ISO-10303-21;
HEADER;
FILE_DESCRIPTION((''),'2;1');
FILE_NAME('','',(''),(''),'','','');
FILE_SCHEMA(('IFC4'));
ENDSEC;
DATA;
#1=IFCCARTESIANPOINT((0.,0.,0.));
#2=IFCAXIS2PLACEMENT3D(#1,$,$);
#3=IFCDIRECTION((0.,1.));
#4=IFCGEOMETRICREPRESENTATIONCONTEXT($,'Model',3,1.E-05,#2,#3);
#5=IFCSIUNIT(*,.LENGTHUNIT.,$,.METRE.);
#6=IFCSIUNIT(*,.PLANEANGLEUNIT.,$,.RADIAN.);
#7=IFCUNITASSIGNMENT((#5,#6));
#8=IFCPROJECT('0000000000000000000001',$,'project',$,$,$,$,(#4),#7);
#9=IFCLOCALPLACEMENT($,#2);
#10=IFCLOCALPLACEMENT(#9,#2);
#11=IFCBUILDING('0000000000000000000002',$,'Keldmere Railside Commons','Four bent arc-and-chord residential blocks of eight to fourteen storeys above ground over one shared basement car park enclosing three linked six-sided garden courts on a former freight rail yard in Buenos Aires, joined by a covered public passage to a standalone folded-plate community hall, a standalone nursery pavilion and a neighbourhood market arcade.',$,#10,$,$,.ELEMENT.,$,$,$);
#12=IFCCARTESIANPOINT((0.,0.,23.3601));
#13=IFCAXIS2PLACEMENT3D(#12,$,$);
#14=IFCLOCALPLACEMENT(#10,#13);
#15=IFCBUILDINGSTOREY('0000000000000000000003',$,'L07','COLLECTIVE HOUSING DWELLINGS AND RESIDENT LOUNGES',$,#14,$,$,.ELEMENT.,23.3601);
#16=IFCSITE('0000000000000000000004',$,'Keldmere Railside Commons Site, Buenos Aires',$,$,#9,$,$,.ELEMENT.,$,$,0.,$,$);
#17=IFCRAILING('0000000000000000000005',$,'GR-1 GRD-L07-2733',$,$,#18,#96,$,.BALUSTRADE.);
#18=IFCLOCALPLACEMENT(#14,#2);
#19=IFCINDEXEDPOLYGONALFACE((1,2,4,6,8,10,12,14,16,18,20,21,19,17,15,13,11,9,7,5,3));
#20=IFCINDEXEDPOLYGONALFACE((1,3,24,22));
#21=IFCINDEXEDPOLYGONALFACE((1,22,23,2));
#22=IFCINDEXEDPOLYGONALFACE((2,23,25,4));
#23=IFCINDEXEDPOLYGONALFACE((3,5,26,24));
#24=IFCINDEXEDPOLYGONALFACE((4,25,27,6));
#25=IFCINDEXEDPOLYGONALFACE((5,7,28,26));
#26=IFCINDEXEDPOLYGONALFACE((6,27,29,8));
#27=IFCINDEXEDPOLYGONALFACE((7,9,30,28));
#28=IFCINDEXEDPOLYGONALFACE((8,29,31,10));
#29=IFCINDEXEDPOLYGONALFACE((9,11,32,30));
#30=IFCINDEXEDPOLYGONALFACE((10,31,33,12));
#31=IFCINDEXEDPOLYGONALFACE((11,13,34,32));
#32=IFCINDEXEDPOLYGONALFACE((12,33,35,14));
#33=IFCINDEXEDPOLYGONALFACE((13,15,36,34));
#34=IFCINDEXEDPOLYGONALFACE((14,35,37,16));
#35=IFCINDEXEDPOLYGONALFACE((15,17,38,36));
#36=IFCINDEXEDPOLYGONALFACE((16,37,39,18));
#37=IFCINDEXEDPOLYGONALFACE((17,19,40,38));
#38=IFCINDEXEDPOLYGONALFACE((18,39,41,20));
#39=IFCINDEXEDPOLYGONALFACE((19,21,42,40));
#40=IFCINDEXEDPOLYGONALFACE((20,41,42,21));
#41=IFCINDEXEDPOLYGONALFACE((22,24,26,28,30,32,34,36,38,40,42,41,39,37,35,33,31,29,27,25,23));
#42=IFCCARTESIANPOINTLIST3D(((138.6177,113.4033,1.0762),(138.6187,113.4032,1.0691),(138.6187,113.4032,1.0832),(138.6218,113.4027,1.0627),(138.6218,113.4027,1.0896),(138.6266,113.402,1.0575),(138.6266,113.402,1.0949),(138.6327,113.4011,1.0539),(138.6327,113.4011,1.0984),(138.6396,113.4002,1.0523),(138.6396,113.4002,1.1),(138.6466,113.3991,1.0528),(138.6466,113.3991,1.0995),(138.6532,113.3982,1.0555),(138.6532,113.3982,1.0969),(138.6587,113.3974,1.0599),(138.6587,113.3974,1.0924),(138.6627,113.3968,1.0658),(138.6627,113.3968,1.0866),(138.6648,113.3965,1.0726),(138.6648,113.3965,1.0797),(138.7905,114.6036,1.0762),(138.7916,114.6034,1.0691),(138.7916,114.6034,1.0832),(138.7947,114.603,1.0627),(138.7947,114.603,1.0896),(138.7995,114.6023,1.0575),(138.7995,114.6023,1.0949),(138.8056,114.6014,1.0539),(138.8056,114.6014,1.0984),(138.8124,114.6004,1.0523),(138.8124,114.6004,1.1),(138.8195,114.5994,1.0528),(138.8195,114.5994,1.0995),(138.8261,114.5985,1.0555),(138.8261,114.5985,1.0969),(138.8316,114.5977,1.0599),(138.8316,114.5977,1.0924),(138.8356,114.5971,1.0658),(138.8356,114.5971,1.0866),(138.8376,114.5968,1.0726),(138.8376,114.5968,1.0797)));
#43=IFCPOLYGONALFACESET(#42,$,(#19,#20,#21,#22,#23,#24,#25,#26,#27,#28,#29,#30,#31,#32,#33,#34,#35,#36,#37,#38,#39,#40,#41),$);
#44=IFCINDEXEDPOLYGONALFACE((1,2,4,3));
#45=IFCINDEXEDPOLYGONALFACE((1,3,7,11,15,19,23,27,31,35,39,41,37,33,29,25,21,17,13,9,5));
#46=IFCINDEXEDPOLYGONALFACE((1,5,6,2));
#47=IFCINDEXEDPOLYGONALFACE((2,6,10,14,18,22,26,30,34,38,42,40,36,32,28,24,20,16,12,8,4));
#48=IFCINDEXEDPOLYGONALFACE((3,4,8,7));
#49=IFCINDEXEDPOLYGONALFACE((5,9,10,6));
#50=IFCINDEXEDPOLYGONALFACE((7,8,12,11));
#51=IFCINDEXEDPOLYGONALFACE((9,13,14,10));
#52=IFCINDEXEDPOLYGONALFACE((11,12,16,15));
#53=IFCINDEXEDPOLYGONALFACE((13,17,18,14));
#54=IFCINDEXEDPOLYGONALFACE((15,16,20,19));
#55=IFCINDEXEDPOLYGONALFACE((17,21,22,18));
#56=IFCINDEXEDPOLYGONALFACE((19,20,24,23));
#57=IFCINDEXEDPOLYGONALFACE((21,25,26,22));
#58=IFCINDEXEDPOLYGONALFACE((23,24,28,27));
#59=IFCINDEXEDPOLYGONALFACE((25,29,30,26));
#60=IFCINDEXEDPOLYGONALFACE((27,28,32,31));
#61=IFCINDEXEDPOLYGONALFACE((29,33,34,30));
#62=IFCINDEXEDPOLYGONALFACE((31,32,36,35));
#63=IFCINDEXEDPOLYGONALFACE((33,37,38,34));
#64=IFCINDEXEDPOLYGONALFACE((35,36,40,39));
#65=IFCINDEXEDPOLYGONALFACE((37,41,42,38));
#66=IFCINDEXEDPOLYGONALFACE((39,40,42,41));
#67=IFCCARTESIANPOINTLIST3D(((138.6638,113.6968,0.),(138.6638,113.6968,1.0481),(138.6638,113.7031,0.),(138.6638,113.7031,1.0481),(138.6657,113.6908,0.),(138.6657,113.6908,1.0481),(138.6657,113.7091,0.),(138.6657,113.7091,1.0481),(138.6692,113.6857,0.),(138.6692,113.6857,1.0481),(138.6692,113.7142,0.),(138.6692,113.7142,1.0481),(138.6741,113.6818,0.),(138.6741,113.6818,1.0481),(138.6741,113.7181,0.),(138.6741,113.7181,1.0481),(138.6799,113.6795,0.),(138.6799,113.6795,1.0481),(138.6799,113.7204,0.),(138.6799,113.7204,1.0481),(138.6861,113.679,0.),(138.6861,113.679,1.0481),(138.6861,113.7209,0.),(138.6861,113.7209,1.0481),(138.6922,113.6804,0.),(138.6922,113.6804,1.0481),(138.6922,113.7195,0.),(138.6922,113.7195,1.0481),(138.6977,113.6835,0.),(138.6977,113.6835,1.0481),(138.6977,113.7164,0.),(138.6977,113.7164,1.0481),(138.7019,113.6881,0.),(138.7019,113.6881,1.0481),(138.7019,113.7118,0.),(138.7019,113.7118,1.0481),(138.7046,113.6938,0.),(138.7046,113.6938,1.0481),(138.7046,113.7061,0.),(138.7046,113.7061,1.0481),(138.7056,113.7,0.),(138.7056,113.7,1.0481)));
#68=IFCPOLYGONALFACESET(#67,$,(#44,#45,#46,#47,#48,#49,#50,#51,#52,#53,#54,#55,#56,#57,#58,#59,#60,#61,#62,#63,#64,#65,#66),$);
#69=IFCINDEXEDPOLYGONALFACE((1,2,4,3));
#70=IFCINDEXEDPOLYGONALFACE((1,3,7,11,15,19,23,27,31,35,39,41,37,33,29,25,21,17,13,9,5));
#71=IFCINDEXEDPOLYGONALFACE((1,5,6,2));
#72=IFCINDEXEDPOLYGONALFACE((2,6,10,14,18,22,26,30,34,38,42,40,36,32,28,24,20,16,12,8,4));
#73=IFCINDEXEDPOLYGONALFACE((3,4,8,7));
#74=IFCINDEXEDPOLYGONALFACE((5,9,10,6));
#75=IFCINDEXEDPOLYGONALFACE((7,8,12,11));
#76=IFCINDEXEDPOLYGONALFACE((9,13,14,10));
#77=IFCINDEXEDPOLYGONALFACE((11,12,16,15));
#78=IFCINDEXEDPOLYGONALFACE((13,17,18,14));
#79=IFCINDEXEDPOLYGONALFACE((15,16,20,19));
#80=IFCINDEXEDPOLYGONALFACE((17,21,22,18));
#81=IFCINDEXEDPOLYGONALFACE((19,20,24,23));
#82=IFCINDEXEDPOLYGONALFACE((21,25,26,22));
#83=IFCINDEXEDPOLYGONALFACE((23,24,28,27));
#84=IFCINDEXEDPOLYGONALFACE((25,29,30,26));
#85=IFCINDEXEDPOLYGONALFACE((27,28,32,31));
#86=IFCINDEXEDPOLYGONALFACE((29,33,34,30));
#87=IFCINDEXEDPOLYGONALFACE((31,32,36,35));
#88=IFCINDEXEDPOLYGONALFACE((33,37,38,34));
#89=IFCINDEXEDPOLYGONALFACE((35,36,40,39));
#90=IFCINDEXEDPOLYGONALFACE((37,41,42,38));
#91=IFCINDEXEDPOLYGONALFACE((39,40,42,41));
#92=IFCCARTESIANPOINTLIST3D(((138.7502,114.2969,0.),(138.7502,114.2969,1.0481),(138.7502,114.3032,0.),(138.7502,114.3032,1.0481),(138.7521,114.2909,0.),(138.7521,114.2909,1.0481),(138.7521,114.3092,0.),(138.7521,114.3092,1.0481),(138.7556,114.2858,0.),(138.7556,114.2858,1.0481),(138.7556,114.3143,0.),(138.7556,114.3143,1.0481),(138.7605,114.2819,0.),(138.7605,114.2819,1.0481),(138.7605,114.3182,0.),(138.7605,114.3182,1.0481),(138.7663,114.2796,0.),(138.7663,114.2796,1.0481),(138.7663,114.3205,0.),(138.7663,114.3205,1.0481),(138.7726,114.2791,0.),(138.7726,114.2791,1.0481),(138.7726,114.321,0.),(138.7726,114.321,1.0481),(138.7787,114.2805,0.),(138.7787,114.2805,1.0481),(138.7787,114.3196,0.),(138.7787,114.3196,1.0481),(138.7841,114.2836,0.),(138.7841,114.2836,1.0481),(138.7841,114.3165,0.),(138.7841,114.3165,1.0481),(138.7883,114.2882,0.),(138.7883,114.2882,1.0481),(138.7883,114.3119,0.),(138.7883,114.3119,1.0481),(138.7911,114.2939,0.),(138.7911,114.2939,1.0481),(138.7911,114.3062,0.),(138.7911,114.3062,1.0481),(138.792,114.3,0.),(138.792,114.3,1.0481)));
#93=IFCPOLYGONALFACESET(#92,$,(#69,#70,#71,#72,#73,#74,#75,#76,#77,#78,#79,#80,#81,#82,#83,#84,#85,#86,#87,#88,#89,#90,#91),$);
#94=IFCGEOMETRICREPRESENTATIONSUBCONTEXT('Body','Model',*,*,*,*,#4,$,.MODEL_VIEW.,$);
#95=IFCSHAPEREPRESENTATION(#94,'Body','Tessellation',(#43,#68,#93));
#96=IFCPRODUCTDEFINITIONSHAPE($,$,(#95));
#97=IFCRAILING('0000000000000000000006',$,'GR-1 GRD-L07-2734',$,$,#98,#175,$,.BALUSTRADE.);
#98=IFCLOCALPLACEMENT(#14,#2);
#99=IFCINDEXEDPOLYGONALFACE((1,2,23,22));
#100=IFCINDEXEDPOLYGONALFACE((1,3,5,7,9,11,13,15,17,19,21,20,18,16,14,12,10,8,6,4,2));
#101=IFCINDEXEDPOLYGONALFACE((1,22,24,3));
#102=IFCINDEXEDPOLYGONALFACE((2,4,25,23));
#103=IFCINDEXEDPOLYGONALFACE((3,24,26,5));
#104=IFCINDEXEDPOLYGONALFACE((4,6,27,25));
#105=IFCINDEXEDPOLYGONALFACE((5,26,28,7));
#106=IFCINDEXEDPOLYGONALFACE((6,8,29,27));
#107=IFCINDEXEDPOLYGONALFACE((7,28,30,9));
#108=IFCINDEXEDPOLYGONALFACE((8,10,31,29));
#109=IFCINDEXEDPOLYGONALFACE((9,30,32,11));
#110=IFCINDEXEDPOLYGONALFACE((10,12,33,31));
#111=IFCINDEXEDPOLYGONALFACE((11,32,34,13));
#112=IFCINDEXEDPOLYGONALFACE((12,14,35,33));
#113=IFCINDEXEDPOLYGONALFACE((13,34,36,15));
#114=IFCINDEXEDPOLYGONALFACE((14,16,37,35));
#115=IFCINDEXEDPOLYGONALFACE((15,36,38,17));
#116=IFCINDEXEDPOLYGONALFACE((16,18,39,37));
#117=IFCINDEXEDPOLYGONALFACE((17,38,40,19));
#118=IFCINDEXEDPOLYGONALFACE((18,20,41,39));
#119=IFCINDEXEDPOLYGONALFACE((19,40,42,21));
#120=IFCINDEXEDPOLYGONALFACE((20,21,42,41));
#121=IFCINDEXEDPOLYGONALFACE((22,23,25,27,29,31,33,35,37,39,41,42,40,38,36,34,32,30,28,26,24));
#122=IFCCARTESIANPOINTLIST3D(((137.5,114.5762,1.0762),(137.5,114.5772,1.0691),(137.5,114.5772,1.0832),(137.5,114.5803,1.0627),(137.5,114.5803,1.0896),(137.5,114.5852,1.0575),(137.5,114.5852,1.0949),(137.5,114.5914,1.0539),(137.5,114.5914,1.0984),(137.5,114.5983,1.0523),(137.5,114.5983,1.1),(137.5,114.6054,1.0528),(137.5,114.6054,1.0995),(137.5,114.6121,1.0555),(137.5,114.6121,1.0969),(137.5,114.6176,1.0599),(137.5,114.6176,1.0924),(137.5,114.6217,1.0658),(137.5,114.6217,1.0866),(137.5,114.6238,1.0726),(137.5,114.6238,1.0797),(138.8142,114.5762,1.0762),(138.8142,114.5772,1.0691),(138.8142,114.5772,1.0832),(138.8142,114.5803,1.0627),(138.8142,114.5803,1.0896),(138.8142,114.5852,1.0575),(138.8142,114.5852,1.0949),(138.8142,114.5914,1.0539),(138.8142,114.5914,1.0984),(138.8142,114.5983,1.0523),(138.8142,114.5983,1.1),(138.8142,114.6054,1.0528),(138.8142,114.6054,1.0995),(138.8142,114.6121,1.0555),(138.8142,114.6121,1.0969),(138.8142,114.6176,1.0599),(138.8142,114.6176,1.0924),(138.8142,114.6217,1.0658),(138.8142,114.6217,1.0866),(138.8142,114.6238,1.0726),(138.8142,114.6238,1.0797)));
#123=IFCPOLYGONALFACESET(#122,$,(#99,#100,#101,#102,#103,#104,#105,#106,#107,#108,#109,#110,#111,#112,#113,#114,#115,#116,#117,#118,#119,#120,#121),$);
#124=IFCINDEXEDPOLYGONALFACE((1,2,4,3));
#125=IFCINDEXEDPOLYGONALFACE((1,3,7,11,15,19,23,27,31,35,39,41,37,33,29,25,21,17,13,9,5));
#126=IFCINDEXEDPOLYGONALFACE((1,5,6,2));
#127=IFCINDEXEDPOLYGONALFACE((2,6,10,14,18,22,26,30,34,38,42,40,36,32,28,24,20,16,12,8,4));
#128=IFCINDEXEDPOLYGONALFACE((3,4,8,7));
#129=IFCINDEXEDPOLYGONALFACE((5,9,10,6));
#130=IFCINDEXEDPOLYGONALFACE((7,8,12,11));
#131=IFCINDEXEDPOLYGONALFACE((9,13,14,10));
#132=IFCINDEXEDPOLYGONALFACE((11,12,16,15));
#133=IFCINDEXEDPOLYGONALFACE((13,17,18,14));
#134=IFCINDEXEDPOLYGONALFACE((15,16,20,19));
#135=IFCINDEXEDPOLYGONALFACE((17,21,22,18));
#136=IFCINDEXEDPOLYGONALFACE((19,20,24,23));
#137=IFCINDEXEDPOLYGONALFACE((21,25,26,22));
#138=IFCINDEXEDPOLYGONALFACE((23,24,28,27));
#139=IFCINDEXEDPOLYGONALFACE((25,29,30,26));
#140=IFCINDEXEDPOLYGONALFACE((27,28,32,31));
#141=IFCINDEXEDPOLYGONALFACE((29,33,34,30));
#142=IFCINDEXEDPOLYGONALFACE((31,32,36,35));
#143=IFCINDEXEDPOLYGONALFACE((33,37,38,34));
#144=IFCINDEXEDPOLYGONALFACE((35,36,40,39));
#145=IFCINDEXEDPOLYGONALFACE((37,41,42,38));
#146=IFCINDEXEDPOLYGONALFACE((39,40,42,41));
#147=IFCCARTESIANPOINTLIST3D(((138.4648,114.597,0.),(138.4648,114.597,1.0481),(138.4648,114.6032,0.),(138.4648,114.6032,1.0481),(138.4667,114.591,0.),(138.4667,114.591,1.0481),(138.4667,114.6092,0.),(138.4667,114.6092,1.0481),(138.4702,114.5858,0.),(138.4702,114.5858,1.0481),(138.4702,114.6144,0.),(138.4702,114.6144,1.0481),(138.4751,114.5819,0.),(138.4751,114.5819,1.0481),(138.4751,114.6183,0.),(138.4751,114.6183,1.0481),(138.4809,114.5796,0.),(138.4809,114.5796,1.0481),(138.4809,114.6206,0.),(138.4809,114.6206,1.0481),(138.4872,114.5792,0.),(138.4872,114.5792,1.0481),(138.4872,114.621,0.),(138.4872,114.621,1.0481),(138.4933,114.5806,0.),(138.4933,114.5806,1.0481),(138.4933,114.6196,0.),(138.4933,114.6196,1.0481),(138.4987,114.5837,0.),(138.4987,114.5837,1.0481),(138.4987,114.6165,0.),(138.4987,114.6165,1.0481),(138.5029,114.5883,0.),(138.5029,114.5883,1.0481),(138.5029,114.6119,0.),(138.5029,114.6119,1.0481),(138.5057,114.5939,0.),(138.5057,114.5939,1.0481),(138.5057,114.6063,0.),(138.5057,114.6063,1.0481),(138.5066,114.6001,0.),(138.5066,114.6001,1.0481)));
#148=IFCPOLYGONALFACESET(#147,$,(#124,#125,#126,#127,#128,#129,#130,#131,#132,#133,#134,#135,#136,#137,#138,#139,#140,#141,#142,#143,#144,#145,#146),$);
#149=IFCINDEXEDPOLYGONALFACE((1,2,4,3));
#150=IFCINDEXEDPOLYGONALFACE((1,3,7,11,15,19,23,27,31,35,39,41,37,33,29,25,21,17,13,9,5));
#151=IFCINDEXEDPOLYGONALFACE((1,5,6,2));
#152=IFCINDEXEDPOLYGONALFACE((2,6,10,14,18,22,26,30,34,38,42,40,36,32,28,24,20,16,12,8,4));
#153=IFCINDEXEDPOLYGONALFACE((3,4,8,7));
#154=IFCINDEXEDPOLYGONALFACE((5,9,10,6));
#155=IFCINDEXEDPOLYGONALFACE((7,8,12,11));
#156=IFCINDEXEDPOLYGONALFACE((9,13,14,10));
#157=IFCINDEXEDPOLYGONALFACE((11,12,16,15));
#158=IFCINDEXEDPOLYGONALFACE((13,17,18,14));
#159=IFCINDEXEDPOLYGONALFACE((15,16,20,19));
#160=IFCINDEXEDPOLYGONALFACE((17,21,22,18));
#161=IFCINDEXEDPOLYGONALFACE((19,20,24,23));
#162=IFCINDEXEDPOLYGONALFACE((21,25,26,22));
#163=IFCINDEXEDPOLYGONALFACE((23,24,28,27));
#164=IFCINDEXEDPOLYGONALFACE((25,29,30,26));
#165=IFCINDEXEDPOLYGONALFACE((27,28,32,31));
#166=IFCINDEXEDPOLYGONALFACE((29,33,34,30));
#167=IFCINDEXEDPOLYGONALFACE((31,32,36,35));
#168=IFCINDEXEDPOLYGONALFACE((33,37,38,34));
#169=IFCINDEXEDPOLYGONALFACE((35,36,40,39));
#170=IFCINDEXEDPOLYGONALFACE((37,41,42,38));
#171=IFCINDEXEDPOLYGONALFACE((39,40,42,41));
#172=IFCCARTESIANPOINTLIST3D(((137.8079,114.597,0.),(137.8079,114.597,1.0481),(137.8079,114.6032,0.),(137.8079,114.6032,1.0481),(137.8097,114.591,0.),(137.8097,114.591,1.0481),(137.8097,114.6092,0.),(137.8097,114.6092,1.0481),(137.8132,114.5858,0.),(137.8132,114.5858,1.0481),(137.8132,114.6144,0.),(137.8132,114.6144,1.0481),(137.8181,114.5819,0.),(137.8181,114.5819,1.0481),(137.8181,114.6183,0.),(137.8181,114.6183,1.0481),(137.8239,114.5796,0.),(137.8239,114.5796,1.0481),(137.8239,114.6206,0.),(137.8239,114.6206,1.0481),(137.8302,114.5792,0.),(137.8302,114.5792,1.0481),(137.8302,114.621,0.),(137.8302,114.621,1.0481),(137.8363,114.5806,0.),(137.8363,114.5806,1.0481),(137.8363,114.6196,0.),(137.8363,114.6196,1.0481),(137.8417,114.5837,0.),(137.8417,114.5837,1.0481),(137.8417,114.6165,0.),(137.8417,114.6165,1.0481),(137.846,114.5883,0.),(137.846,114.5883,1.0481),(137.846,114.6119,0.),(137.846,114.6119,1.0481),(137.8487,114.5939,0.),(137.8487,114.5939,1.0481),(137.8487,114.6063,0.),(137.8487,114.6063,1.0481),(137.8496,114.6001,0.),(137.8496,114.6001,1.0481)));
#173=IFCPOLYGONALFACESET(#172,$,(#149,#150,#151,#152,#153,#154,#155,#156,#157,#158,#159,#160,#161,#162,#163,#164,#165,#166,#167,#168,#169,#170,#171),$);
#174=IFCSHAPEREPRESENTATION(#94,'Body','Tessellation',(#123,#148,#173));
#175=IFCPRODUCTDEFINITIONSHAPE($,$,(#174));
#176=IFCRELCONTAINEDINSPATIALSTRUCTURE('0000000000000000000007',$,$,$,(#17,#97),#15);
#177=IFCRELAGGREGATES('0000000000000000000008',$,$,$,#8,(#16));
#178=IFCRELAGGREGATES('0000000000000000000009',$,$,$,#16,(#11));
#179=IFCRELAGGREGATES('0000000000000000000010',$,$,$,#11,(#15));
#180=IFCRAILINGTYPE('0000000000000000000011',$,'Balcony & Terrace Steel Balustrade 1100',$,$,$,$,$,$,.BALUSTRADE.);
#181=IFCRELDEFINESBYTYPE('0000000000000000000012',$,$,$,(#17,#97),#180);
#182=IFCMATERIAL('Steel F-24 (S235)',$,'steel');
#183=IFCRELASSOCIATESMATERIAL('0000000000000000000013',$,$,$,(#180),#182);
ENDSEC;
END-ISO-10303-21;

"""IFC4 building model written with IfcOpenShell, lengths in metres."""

from ifc_helpers import new_model, si_unit, direction, frame, origin, origin_2d, place, context, subcontext, project, spatial, circle, extrude, material, type_object, element, save


model = new_model("IFC4")

# Units and contexts
model_context = context("Model", 3, precision=1e-05, world=origin(), true_north=direction((0.0, 1.0)))
body_context = subcontext(model_context, "Body", "Model", "MODEL_VIEW")
ifc_project = project(units=[si_unit("LENGTHUNIT", "METRE"), si_unit("PLANEANGLEUNIT", "RADIAN")], contexts=[model_context])

# Site, building, storey
site_placement = place(None, origin())
site = spatial("IfcSite", under=ifc_project, at=site_placement, Name="Keldmere Railside Commons Site, Buenos Aires", CompositionType="ELEMENT", RefElevation=0.0)
building_placement = place(site_placement, origin())
building = spatial("IfcBuilding", under=site, at=building_placement, Name="Keldmere Railside Commons", Description="Four bent arc-and-chord residential blocks of eight to fourteen storeys above ground over one shared basement car park enclosing three linked six-sided garden courts on a former freight rail yard in Buenos Aires, joined by a covered public passage to a standalone folded-plate community hall, a standalone nursery pavilion and a neighbourhood market arcade.", CompositionType="ELEMENT")
storey_placement = place(building_placement, frame((0.0, 0.0, 23.3601)))
storey = spatial("IfcBuildingStorey", under=building, at=storey_placement, Name="L07", Description="COLLECTIVE HOUSING DWELLINGS AND RESIDENT LOUNGES", CompositionType="ELEMENT", Elevation=23.3601)

# Railings
ifc_material_1 = material(Name="Steel F-24 (S235)", Category="steel")
railing_type = type_object("IfcRailingType", Name="Balcony & Terrace Steel Balustrade 1100", PredefinedType="BALUSTRADE", material=ifc_material_1)
railing_1_placement = place(storey_placement, frame((138.6414, 113.3999, 0.0)))
element("IfcRailing", 1, at=railing_1_placement, inside=storey, type_object=railing_type, Name="GR-1 GRD-L07-2733", PredefinedType="BALUSTRADE", context=body_context, shape_type="SweptSolid", body=[
    extrude(circle(Radius=0.0239, at=origin_2d()), frame((0.0, 0.0, 1.0762), z_axis=(0.142549, 0.989788, 0.0), x_axis=(-0.989788, 0.142549, 0.0)), (0.0, 0.0, 1.0), 1.2126),
    extrude(circle(Radius=0.021, at=origin_2d()), frame((0.0432, 0.3, 0.0)), (0.0, 0.0, 1.0), 1.0481),
    extrude(circle(Radius=0.021, at=origin_2d()), frame((0.1296, 0.9001, 0.0)), (0.0, 0.0, 1.0), 1.0481),
])
railing_2_placement = place(storey_placement, frame((138.8142, 114.6001, 0.0)))
element("IfcRailing", 2, at=railing_2_placement, inside=storey, type_object=railing_type, Name="GR-1 GRD-L07-2734", PredefinedType="BALUSTRADE", context=body_context, shape_type="SweptSolid", body=[
    extrude(circle(Radius=0.0239, at=origin_2d()), frame((0.0, 0.0, 1.0762), z_axis=(-1.0, 0.0, 0.0), x_axis=(0.0, -1.0, 0.0)), (0.0, 0.0, 1.0), 1.3142),
    extrude(circle(Radius=0.021, at=origin_2d()), frame((-0.3286, 0.0, 0.0)), (0.0, 0.0, 1.0), 1.0481),
    extrude(circle(Radius=0.021, at=origin_2d()), frame((-0.9856, 0.0, 0.0)), (0.0, 0.0, 1.0), 1.0481),
])

save(model, "model.ifc")
